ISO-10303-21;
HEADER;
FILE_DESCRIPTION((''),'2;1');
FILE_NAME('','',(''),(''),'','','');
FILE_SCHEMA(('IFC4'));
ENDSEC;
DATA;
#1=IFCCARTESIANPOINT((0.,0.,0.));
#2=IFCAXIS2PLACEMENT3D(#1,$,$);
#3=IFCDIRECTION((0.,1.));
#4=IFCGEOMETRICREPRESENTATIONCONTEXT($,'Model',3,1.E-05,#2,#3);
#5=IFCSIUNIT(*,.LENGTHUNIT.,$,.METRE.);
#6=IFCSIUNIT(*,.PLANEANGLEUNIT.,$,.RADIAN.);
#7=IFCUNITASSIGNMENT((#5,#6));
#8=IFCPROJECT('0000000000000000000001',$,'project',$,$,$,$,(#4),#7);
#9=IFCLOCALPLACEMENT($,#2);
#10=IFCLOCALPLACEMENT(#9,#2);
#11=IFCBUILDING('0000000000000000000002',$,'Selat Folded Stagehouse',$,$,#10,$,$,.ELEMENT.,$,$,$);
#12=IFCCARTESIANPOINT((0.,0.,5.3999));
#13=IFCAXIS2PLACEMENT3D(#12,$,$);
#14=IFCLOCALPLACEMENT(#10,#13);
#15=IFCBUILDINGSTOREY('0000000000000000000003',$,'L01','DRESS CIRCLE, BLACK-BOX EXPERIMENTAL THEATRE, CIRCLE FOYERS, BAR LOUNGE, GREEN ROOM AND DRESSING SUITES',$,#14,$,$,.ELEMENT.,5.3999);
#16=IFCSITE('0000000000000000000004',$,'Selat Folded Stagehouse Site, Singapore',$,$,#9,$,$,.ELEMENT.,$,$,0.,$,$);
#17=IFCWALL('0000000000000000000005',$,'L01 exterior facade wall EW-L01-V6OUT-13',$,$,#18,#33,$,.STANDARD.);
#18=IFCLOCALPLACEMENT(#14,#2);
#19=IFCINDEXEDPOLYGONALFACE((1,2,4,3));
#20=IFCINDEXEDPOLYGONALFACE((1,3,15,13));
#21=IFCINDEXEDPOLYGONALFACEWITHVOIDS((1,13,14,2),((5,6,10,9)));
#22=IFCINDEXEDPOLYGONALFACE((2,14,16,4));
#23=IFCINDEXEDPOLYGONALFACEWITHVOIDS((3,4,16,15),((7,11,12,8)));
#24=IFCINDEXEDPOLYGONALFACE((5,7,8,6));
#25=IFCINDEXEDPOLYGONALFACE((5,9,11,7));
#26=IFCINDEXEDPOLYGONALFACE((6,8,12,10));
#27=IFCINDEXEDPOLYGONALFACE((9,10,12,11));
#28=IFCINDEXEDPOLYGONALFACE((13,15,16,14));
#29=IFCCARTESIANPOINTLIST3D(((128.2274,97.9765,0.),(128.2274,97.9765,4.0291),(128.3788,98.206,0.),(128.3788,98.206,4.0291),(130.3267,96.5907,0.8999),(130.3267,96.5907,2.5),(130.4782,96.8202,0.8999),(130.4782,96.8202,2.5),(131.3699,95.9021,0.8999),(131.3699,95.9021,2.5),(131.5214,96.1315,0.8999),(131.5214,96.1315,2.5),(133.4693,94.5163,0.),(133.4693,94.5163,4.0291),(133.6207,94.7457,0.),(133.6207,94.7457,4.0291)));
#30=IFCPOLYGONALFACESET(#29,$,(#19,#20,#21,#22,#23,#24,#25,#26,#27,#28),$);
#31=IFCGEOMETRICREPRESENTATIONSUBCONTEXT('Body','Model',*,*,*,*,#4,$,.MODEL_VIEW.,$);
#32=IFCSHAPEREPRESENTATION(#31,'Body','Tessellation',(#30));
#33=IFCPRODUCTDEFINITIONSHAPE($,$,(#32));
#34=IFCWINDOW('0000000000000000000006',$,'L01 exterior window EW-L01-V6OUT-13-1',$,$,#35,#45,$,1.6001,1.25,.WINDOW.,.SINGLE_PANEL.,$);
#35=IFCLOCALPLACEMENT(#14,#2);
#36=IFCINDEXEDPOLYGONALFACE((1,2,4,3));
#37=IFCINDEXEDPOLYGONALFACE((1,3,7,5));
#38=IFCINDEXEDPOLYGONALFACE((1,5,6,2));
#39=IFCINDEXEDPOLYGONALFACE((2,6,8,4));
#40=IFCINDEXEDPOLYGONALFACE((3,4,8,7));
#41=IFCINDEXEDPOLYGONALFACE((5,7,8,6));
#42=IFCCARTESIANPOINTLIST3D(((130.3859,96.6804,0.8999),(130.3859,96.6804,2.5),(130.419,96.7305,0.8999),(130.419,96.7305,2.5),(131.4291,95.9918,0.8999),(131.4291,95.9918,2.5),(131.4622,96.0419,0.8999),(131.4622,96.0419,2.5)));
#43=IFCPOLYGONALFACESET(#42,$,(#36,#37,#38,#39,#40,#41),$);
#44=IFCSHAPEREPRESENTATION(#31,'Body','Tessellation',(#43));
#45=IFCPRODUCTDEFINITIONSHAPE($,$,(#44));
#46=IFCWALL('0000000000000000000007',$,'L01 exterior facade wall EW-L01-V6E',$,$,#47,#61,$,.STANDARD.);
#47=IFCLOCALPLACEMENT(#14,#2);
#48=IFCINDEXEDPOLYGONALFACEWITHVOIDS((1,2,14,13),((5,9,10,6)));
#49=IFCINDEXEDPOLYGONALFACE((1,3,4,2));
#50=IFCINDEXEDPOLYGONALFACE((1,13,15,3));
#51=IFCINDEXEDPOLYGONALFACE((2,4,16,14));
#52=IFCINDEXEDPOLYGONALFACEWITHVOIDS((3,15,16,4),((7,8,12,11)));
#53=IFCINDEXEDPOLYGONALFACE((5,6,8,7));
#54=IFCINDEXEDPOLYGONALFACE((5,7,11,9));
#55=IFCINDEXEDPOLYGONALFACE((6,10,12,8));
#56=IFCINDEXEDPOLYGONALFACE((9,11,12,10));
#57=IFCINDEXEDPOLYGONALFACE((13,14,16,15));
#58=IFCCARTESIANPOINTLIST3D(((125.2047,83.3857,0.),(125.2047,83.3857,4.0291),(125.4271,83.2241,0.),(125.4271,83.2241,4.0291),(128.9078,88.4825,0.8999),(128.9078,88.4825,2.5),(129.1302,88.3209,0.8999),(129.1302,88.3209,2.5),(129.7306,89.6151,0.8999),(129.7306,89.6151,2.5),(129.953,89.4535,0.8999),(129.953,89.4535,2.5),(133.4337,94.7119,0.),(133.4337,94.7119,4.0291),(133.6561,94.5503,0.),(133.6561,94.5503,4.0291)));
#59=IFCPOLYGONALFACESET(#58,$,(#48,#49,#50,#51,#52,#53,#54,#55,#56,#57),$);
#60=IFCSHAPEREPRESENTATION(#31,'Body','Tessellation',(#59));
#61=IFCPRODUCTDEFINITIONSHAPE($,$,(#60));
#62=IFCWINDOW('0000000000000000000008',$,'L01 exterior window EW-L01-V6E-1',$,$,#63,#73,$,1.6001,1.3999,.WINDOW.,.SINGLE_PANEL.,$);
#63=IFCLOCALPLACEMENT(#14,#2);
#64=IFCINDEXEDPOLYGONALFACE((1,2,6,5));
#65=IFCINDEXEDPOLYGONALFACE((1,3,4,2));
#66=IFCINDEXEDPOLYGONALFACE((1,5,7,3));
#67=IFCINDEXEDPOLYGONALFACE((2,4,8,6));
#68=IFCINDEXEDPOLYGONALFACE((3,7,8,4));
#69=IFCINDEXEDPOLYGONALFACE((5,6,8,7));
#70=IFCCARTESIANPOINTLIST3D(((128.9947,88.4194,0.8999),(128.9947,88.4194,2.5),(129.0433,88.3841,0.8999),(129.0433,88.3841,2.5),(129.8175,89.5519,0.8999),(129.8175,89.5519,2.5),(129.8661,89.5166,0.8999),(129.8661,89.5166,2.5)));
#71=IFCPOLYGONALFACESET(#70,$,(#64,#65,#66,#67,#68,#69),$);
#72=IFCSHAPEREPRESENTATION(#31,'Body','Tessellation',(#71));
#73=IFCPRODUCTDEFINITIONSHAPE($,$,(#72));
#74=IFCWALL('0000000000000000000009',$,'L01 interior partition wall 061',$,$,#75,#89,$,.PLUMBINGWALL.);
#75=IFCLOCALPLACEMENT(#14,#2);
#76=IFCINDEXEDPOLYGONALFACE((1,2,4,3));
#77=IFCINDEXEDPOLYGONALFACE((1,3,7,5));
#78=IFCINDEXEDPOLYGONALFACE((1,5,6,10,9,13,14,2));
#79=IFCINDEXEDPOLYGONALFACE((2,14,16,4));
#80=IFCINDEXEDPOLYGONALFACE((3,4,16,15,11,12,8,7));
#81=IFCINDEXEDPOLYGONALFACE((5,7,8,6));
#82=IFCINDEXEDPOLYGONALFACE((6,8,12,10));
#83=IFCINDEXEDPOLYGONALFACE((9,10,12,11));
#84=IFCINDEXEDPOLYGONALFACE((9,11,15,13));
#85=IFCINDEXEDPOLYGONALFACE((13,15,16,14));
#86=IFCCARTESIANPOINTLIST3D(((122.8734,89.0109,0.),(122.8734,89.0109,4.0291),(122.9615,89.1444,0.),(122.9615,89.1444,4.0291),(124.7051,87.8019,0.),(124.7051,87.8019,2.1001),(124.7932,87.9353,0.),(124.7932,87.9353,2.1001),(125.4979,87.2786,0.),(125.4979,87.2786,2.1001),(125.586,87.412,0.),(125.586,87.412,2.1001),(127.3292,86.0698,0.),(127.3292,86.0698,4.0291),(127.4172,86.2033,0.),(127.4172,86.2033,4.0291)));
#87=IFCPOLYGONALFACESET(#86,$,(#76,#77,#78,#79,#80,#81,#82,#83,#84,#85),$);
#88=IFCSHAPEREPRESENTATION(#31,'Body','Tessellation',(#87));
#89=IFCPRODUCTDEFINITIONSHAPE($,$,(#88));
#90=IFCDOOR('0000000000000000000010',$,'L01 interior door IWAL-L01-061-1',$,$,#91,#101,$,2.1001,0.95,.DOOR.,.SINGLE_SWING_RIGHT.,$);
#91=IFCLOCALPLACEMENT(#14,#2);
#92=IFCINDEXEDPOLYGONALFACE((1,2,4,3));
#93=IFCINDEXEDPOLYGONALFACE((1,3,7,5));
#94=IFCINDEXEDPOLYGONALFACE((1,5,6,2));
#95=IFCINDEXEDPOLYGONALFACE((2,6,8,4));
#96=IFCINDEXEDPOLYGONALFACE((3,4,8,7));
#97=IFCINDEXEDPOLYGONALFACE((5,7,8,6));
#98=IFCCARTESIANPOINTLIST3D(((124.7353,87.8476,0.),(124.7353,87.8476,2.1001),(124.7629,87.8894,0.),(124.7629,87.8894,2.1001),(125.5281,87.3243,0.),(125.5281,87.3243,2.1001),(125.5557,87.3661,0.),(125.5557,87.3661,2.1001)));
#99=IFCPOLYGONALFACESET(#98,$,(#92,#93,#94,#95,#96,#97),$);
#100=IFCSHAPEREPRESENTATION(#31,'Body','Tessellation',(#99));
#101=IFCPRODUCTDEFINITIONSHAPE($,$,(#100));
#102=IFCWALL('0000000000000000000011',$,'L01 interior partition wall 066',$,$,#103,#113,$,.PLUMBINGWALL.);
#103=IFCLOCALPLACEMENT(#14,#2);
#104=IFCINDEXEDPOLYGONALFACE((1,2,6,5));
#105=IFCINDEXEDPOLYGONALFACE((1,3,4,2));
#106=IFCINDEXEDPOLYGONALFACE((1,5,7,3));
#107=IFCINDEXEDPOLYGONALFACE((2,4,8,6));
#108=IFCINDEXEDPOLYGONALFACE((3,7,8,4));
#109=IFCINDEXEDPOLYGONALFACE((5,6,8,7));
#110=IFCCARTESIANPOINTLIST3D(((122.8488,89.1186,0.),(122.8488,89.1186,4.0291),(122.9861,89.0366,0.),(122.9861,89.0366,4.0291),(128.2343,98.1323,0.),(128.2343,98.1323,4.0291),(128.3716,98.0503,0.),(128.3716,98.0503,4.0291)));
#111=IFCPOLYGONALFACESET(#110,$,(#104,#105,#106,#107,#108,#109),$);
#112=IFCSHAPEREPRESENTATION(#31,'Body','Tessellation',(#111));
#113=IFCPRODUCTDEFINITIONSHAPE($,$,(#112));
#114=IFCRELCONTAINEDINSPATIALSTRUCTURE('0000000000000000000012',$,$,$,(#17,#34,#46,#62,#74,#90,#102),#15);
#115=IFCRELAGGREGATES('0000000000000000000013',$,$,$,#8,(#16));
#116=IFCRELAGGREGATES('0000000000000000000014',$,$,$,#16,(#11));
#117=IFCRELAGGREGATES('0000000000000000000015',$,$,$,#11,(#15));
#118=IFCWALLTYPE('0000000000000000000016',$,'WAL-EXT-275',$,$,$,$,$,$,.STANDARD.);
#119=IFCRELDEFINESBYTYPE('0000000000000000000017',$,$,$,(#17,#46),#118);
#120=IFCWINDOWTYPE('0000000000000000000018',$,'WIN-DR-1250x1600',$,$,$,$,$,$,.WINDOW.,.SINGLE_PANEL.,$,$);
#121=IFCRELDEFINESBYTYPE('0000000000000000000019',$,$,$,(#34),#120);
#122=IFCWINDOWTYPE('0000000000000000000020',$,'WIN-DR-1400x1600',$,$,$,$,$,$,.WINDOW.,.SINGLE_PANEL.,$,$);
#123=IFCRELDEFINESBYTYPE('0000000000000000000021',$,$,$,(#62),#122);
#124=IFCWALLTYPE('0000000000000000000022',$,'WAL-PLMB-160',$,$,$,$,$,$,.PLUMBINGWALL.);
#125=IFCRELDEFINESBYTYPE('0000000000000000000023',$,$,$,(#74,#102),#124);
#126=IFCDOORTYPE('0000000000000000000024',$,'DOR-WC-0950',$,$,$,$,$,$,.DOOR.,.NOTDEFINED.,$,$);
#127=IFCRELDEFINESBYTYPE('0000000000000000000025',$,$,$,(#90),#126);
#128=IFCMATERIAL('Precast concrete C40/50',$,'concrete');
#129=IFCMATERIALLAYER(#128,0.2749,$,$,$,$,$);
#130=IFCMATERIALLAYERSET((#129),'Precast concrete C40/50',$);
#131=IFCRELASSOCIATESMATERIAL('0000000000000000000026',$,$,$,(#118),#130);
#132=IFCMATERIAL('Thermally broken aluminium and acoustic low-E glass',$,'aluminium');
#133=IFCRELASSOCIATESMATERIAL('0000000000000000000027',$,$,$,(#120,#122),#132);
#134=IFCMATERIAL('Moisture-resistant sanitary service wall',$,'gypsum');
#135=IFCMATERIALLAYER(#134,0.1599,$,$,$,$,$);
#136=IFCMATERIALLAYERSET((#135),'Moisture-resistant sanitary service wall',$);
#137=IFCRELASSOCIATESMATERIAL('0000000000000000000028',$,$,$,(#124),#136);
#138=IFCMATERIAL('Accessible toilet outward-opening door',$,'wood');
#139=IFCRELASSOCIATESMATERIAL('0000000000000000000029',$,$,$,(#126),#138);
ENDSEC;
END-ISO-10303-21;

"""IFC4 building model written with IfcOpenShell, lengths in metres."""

from ifc_helpers import new_model, si_unit, direction, frame, frame_2d, origin, place, context, subcontext, project, spatial, rectangle, extrude, material, layer, layer_set, type_object, element, fill, save


model = new_model("IFC4")

# Units and contexts
model_context = context("Model", 3, precision=1e-05, world=origin(), true_north=direction((0.0, 1.0)))
body_context = subcontext(model_context, "Body", "Model", "MODEL_VIEW")
ifc_project = project(units=[si_unit("LENGTHUNIT", "METRE"), si_unit("PLANEANGLEUNIT", "RADIAN")], contexts=[model_context])

# Site, building, storey
site_placement = place(None, origin())
site = spatial("IfcSite", under=ifc_project, at=site_placement, Name="Selat Folded Stagehouse Site, Singapore", CompositionType="ELEMENT", RefElevation=0.0)
building_placement = place(site_placement, origin())
building = spatial("IfcBuilding", under=site, at=building_placement, Name="Selat Folded Stagehouse", CompositionType="ELEMENT")
storey_placement = place(building_placement, frame((0.0, 0.0, 5.3999)))
storey = spatial("IfcBuildingStorey", under=building, at=storey_placement, Name="L01", Description="DRESS CIRCLE, BLACK-BOX EXPERIMENTAL THEATRE, CIRCLE FOYERS, BAR LOUNGE, GREEN ROOM AND DRESSING SUITES", CompositionType="ELEMENT", Elevation=5.3999)

# Walls, openings, windows
ifc_material_1 = material(Name="Precast concrete C40/50", Category="concrete")
ifc_layer_1 = layer(ifc_material_1, 0.2749)
ifc_layer_set_1 = layer_set([ifc_layer_1], Name="Precast concrete C40/50")
wall_type_1 = type_object("IfcWallType", Name="WAL-EXT-275", PredefinedType="STANDARD", material=ifc_layer_set_1)
ifc_material_2 = material(Name="Thermally broken aluminium and acoustic low-E glass", Category="aluminium")
wall_1_placement = place(storey_placement, frame((128.303, 98.0913, 0.0), z_axis=(0.0, 0.0, 1.0), x_axis=(0.834571, -0.5509, 0.0)))
wall_1 = element("IfcWall", 1, at=wall_1_placement, inside=storey, type_object=wall_type_1, Name="L01 exterior facade wall EW-L01-V6OUT-13", PredefinedType="STANDARD", context=body_context, shape_type="SweptSolid", body=[
    extrude(rectangle(XDim=6.281, YDim=0.2749, at=frame_2d((3.1406, 0.0))), origin(), (0.0, 0.0, 1.0), 4.0291),
])
opening_1_placement = place(wall_1_placement, frame((2.5156, 0.0, 0.8999)))
opening_1 = element("IfcOpeningElement", 2, at=opening_1_placement, cuts=wall_1, PredefinedType="OPENING", context=body_context, shape_type="SweptSolid", body=[
    extrude(rectangle(XDim=1.25, YDim=1.6001, at=frame_2d((0.625, 0.8))), frame((0.0, 0.1475, 0.0), z_axis=(0.0, -1.0, 0.0), x_axis=(1.0, 0.0, 0.0)), (0.0, 0.0, 1.0), 0.2949),
])
window_type_1 = type_object("IfcWindowType", Name="WIN-DR-1250x1600", PartitioningType="SINGLE_PANEL", PredefinedType="WINDOW", material=ifc_material_2)
window_1_placement = place(opening_1_placement, origin())
window_1 = element("IfcWindow", 3, at=window_1_placement, inside=storey, type_object=window_type_1, Name="L01 exterior window EW-L01-V6OUT-13-1", OverallHeight=1.6001, OverallWidth=1.25, PartitioningType="SINGLE_PANEL", PredefinedType="WINDOW", context=body_context, shape_type="SweptSolid", body=[
    extrude(rectangle(XDim=1.25, YDim=1.6001, at=frame_2d((0.625, 0.8))), frame((0.0, 0.03, 0.0), z_axis=(0.0, -1.0, 0.0), x_axis=(1.0, 0.0, 0.0)), (0.0, 0.0, 1.0), 0.0601),
])
fill(opening_1, window_1)
wall_2_placement = place(storey_placement, frame((133.5449, 94.6311, 0.0), z_axis=(0.0, 0.0, 1.0), x_axis=(-0.587788, -0.809015, 0.0)))
wall_2 = element("IfcWall", 4, at=wall_2_placement, inside=storey, type_object=wall_type_1, Name="L01 exterior facade wall EW-L01-V6E", PredefinedType="STANDARD", context=body_context, shape_type="SweptSolid", body=[
    extrude(rectangle(XDim=14.0, YDim=0.2749, at=frame_2d((7.0, 0.0))), origin(), (0.0, 0.0, 1.0), 4.0291),
])
opening_2_placement = place(wall_2_placement, frame((6.3, 0.0, 0.8999)))
opening_2 = element("IfcOpeningElement", 5, at=opening_2_placement, cuts=wall_2, PredefinedType="OPENING", context=body_context, shape_type="SweptSolid", body=[
    extrude(rectangle(XDim=1.3999, YDim=1.6001, at=frame_2d((0.7, 0.8))), frame((0.0, 0.1475, 0.0), z_axis=(0.0, -1.0, 0.0), x_axis=(1.0, 0.0, 0.0)), (0.0, 0.0, 1.0), 0.2949),
])
window_type_2 = type_object("IfcWindowType", Name="WIN-DR-1400x1600", PartitioningType="SINGLE_PANEL", PredefinedType="WINDOW", material=ifc_material_2)
window_2_placement = place(opening_2_placement, origin())
window_2 = element("IfcWindow", 6, at=window_2_placement, inside=storey, type_object=window_type_2, Name="L01 exterior window EW-L01-V6E-1", OverallHeight=1.6001, OverallWidth=1.3999, PartitioningType="SINGLE_PANEL", PredefinedType="WINDOW", context=body_context, shape_type="SweptSolid", body=[
    extrude(rectangle(XDim=1.3999, YDim=1.6001, at=frame_2d((0.7, 0.8))), frame((0.0, 0.03, 0.0), z_axis=(0.0, -1.0, 0.0), x_axis=(1.0, 0.0, 0.0)), (0.0, 0.0, 1.0), 0.0601),
])
fill(opening_2, window_2)

# Wall, opening, door
ifc_material_3 = material(Name="Moisture-resistant sanitary service wall", Category="gypsum")
ifc_layer_2 = layer(ifc_material_3, 0.1599)
ifc_layer_set_2 = layer_set([ifc_layer_2], Name="Moisture-resistant sanitary service wall")
wall_type_2 = type_object("IfcWallType", Name="WAL-PLMB-160", PredefinedType="PLUMBINGWALL", material=ifc_layer_set_2)
wall_3_placement = place(storey_placement, frame((122.9175, 89.0776, 0.0), z_axis=(0.0, 0.0, 1.0), x_axis=(0.834581, -0.550885, 0.0)))
wall_3 = element("IfcWall", 7, at=wall_3_placement, inside=storey, type_object=wall_type_2, Name="L01 interior partition wall 061", PredefinedType="PLUMBINGWALL", context=body_context, shape_type="SweptSolid", body=[
    extrude(rectangle(XDim=5.3389, YDim=0.1599, at=frame_2d((2.6694, 0.0))), origin(), (0.0, 0.0, 1.0), 4.0291),
])
opening_3_placement = place(wall_3_placement, frame((2.1946, 0.0, 0.0)))
opening_3 = element("IfcOpeningElement", 8, at=opening_3_placement, cuts=wall_3, PredefinedType="OPENING", context=body_context, shape_type="SweptSolid", body=[
    extrude(rectangle(XDim=0.95, YDim=2.1001, at=frame_2d((0.4751, 1.05))), frame((0.0, 0.0898, 0.0), z_axis=(0.0, -1.0, 0.0), x_axis=(1.0, 0.0, 0.0)), (0.0, 0.0, 1.0), 0.1799),
])
ifc_material_4 = material(Name="Accessible toilet outward-opening door", Category="wood")
door_type = type_object("IfcDoorType", Name="DOR-WC-0950", OperationType="NOTDEFINED", PredefinedType="DOOR", material=ifc_material_4)
door_placement = place(opening_3_placement, origin())
door = element("IfcDoor", 9, at=door_placement, inside=storey, type_object=door_type, Name="L01 interior door IWAL-L01-061-1", OperationType="SINGLE_SWING_RIGHT", OverallHeight=2.1001, OverallWidth=0.95, PredefinedType="DOOR", context=body_context, shape_type="SweptSolid", body=[
    extrude(rectangle(XDim=0.95, YDim=2.1001, at=frame_2d((0.4751, 1.05))), frame((0.0, 0.0249, 0.0), z_axis=(0.0, -1.0, 0.0), x_axis=(1.0, 0.0, 0.0)), (0.0, 0.0, 1.0), 0.05),
])
fill(opening_3, door)

# Wall
wall_4_placement = place(storey_placement, frame((122.9175, 89.0776, 0.0), z_axis=(0.0, 0.0, 1.0), x_axis=(0.512905, 0.858445, 0.0)))
element("IfcWall", 10, at=wall_4_placement, inside=storey, type_object=wall_type_2, Name="L01 interior partition wall 066", PredefinedType="PLUMBINGWALL", context=body_context, shape_type="SweptSolid", body=[
    extrude(rectangle(XDim=10.5, YDim=0.1599, at=frame_2d((5.25, 0.0))), origin(), (0.0, 0.0, 1.0), 4.0291),
])

save(model, "model.ifc")
